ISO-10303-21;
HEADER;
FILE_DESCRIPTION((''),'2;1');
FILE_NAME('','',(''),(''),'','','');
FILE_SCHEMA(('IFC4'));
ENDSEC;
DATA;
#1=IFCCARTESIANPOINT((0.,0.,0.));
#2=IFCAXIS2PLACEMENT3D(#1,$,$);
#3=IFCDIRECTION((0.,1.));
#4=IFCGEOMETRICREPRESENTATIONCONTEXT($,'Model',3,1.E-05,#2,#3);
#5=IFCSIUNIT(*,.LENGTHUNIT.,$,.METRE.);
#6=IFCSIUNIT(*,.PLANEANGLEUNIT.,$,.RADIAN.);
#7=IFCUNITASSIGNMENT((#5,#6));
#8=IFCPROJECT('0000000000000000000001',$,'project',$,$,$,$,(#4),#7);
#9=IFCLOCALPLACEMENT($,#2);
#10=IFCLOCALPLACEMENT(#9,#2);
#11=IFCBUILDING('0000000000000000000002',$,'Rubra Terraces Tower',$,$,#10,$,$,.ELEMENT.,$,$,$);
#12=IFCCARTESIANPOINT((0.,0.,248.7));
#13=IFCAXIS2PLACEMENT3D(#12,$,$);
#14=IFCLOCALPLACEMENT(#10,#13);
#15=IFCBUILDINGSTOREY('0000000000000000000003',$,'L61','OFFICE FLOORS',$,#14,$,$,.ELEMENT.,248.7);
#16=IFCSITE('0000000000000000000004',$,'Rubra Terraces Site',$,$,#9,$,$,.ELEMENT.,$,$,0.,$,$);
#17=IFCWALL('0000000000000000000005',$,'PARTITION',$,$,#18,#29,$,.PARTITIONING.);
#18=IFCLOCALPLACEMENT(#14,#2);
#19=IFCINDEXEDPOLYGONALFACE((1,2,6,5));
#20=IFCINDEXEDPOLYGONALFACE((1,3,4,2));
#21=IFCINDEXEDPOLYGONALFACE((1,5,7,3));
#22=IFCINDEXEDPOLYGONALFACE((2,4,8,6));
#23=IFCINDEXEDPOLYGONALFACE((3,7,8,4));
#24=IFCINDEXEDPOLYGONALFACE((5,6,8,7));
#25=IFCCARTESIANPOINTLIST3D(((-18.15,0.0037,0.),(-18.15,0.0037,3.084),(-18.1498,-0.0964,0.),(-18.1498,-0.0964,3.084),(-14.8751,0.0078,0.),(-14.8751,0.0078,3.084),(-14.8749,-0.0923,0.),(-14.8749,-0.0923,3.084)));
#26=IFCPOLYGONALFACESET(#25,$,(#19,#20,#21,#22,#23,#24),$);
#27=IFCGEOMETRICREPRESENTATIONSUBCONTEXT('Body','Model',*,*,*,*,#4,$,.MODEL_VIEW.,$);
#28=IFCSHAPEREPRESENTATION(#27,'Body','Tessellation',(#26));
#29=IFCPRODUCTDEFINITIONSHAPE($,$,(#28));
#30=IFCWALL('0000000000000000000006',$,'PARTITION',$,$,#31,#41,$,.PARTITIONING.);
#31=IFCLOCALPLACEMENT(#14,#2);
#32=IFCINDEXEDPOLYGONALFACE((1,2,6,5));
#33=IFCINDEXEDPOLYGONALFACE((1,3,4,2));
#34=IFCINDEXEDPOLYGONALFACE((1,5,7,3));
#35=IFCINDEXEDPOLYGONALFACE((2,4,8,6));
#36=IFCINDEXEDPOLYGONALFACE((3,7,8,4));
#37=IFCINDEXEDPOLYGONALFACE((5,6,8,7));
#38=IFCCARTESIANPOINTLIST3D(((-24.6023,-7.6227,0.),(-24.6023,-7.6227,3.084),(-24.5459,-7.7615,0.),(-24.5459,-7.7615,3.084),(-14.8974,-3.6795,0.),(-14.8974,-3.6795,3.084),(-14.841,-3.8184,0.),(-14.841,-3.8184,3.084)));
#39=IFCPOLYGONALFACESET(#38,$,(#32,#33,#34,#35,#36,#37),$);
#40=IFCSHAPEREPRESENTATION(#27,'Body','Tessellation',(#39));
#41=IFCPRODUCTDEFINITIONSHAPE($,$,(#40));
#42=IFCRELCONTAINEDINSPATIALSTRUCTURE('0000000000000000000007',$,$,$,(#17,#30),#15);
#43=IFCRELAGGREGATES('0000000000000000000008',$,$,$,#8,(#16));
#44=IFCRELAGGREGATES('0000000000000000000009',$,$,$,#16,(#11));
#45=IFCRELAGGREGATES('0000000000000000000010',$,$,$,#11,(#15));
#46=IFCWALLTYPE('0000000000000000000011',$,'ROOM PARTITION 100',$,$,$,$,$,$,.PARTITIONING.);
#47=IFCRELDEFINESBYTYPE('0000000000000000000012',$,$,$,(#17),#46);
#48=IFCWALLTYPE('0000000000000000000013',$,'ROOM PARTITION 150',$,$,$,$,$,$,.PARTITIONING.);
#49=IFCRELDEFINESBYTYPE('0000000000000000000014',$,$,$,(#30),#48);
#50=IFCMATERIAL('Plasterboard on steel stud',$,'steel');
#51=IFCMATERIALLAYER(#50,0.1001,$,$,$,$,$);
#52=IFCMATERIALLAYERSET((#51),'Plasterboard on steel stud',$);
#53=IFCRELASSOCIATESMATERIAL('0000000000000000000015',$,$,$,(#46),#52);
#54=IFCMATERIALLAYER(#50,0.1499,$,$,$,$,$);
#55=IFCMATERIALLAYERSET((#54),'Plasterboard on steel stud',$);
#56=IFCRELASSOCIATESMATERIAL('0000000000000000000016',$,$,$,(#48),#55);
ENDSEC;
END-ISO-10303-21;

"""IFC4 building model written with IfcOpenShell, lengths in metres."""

from ifc_helpers import new_model, si_unit, direction, frame, frame_2d, origin, place, context, subcontext, project, spatial, rectangle, extrude, material, layer, layer_set, type_object, element, save


model = new_model("IFC4")

# Units and contexts
model_context = context("Model", 3, precision=1e-05, world=origin(), true_north=direction((0.0, 1.0)))
body_context = subcontext(model_context, "Body", "Model", "MODEL_VIEW")
ifc_project = project(units=[si_unit("LENGTHUNIT", "METRE"), si_unit("PLANEANGLEUNIT", "RADIAN")], contexts=[model_context])

# Site, building, storey
site_placement = place(None, origin())
site = spatial("IfcSite", under=ifc_project, at=site_placement, Name="Rubra Terraces Site", CompositionType="ELEMENT", RefElevation=0.0)
building_placement = place(site_placement, origin())
building = spatial("IfcBuilding", under=site, at=building_placement, Name="Rubra Terraces Tower", CompositionType="ELEMENT")
storey_placement = place(building_placement, frame((0.0, 0.0, 248.7)))
storey = spatial("IfcBuildingStorey", under=building, at=storey_placement, Name="L61", Description="OFFICE FLOORS", CompositionType="ELEMENT", Elevation=248.7)

# Shared definitions
ifc_material_1 = material(Name="Plasterboard on steel stud", Category="steel")
ifc_layer_1 = layer(ifc_material_1, 0.1001)
ifc_layer_set_1 = layer_set([ifc_layer_1], Name="Plasterboard on steel stud")
wall_type_1 = type_object("IfcWallType", Name="ROOM PARTITION 100", PredefinedType="PARTITIONING", material=ifc_layer_set_1)

# Walls
wall_1_placement = place(storey_placement, frame((-14.875, -0.0422, 0.0), z_axis=(0.0, 0.0, 1.0), x_axis=(-0.999999, -0.001267, 0.0)))
element("IfcWall", 1, at=wall_1_placement, inside=storey, type_object=wall_type_1, Name="PARTITION", PredefinedType="PARTITIONING", context=body_context, shape_type="SweptSolid", body=[
    extrude(rectangle(XDim=3.2749, YDim=0.1001, at=frame_2d((1.6375, 0.0))), origin(), (0.0, 0.0, 1.0), 3.084),
])
ifc_layer_2 = layer(ifc_material_1, 0.1499)
ifc_layer_set_2 = layer_set([ifc_layer_2], Name="Plasterboard on steel stud")
wall_type_2 = type_object("IfcWallType", Name="ROOM PARTITION 150", PredefinedType="PARTITIONING", material=ifc_layer_set_2)
wall_2_placement = place(storey_placement, frame((-24.5742, -7.6921, 0.0), z_axis=(0.0, 0.0, 1.0), x_axis=(0.926449, 0.37642, 0.0)))
element("IfcWall", 2, at=wall_2_placement, inside=storey, type_object=wall_type_2, Name="PARTITION", PredefinedType="PARTITIONING", context=body_context, shape_type="SweptSolid", body=[
    extrude(rectangle(XDim=10.4753, YDim=0.1499, at=frame_2d((5.2378, 0.0))), origin(), (0.0, 0.0, 1.0), 3.084),
])

save(model, "model.ifc")
